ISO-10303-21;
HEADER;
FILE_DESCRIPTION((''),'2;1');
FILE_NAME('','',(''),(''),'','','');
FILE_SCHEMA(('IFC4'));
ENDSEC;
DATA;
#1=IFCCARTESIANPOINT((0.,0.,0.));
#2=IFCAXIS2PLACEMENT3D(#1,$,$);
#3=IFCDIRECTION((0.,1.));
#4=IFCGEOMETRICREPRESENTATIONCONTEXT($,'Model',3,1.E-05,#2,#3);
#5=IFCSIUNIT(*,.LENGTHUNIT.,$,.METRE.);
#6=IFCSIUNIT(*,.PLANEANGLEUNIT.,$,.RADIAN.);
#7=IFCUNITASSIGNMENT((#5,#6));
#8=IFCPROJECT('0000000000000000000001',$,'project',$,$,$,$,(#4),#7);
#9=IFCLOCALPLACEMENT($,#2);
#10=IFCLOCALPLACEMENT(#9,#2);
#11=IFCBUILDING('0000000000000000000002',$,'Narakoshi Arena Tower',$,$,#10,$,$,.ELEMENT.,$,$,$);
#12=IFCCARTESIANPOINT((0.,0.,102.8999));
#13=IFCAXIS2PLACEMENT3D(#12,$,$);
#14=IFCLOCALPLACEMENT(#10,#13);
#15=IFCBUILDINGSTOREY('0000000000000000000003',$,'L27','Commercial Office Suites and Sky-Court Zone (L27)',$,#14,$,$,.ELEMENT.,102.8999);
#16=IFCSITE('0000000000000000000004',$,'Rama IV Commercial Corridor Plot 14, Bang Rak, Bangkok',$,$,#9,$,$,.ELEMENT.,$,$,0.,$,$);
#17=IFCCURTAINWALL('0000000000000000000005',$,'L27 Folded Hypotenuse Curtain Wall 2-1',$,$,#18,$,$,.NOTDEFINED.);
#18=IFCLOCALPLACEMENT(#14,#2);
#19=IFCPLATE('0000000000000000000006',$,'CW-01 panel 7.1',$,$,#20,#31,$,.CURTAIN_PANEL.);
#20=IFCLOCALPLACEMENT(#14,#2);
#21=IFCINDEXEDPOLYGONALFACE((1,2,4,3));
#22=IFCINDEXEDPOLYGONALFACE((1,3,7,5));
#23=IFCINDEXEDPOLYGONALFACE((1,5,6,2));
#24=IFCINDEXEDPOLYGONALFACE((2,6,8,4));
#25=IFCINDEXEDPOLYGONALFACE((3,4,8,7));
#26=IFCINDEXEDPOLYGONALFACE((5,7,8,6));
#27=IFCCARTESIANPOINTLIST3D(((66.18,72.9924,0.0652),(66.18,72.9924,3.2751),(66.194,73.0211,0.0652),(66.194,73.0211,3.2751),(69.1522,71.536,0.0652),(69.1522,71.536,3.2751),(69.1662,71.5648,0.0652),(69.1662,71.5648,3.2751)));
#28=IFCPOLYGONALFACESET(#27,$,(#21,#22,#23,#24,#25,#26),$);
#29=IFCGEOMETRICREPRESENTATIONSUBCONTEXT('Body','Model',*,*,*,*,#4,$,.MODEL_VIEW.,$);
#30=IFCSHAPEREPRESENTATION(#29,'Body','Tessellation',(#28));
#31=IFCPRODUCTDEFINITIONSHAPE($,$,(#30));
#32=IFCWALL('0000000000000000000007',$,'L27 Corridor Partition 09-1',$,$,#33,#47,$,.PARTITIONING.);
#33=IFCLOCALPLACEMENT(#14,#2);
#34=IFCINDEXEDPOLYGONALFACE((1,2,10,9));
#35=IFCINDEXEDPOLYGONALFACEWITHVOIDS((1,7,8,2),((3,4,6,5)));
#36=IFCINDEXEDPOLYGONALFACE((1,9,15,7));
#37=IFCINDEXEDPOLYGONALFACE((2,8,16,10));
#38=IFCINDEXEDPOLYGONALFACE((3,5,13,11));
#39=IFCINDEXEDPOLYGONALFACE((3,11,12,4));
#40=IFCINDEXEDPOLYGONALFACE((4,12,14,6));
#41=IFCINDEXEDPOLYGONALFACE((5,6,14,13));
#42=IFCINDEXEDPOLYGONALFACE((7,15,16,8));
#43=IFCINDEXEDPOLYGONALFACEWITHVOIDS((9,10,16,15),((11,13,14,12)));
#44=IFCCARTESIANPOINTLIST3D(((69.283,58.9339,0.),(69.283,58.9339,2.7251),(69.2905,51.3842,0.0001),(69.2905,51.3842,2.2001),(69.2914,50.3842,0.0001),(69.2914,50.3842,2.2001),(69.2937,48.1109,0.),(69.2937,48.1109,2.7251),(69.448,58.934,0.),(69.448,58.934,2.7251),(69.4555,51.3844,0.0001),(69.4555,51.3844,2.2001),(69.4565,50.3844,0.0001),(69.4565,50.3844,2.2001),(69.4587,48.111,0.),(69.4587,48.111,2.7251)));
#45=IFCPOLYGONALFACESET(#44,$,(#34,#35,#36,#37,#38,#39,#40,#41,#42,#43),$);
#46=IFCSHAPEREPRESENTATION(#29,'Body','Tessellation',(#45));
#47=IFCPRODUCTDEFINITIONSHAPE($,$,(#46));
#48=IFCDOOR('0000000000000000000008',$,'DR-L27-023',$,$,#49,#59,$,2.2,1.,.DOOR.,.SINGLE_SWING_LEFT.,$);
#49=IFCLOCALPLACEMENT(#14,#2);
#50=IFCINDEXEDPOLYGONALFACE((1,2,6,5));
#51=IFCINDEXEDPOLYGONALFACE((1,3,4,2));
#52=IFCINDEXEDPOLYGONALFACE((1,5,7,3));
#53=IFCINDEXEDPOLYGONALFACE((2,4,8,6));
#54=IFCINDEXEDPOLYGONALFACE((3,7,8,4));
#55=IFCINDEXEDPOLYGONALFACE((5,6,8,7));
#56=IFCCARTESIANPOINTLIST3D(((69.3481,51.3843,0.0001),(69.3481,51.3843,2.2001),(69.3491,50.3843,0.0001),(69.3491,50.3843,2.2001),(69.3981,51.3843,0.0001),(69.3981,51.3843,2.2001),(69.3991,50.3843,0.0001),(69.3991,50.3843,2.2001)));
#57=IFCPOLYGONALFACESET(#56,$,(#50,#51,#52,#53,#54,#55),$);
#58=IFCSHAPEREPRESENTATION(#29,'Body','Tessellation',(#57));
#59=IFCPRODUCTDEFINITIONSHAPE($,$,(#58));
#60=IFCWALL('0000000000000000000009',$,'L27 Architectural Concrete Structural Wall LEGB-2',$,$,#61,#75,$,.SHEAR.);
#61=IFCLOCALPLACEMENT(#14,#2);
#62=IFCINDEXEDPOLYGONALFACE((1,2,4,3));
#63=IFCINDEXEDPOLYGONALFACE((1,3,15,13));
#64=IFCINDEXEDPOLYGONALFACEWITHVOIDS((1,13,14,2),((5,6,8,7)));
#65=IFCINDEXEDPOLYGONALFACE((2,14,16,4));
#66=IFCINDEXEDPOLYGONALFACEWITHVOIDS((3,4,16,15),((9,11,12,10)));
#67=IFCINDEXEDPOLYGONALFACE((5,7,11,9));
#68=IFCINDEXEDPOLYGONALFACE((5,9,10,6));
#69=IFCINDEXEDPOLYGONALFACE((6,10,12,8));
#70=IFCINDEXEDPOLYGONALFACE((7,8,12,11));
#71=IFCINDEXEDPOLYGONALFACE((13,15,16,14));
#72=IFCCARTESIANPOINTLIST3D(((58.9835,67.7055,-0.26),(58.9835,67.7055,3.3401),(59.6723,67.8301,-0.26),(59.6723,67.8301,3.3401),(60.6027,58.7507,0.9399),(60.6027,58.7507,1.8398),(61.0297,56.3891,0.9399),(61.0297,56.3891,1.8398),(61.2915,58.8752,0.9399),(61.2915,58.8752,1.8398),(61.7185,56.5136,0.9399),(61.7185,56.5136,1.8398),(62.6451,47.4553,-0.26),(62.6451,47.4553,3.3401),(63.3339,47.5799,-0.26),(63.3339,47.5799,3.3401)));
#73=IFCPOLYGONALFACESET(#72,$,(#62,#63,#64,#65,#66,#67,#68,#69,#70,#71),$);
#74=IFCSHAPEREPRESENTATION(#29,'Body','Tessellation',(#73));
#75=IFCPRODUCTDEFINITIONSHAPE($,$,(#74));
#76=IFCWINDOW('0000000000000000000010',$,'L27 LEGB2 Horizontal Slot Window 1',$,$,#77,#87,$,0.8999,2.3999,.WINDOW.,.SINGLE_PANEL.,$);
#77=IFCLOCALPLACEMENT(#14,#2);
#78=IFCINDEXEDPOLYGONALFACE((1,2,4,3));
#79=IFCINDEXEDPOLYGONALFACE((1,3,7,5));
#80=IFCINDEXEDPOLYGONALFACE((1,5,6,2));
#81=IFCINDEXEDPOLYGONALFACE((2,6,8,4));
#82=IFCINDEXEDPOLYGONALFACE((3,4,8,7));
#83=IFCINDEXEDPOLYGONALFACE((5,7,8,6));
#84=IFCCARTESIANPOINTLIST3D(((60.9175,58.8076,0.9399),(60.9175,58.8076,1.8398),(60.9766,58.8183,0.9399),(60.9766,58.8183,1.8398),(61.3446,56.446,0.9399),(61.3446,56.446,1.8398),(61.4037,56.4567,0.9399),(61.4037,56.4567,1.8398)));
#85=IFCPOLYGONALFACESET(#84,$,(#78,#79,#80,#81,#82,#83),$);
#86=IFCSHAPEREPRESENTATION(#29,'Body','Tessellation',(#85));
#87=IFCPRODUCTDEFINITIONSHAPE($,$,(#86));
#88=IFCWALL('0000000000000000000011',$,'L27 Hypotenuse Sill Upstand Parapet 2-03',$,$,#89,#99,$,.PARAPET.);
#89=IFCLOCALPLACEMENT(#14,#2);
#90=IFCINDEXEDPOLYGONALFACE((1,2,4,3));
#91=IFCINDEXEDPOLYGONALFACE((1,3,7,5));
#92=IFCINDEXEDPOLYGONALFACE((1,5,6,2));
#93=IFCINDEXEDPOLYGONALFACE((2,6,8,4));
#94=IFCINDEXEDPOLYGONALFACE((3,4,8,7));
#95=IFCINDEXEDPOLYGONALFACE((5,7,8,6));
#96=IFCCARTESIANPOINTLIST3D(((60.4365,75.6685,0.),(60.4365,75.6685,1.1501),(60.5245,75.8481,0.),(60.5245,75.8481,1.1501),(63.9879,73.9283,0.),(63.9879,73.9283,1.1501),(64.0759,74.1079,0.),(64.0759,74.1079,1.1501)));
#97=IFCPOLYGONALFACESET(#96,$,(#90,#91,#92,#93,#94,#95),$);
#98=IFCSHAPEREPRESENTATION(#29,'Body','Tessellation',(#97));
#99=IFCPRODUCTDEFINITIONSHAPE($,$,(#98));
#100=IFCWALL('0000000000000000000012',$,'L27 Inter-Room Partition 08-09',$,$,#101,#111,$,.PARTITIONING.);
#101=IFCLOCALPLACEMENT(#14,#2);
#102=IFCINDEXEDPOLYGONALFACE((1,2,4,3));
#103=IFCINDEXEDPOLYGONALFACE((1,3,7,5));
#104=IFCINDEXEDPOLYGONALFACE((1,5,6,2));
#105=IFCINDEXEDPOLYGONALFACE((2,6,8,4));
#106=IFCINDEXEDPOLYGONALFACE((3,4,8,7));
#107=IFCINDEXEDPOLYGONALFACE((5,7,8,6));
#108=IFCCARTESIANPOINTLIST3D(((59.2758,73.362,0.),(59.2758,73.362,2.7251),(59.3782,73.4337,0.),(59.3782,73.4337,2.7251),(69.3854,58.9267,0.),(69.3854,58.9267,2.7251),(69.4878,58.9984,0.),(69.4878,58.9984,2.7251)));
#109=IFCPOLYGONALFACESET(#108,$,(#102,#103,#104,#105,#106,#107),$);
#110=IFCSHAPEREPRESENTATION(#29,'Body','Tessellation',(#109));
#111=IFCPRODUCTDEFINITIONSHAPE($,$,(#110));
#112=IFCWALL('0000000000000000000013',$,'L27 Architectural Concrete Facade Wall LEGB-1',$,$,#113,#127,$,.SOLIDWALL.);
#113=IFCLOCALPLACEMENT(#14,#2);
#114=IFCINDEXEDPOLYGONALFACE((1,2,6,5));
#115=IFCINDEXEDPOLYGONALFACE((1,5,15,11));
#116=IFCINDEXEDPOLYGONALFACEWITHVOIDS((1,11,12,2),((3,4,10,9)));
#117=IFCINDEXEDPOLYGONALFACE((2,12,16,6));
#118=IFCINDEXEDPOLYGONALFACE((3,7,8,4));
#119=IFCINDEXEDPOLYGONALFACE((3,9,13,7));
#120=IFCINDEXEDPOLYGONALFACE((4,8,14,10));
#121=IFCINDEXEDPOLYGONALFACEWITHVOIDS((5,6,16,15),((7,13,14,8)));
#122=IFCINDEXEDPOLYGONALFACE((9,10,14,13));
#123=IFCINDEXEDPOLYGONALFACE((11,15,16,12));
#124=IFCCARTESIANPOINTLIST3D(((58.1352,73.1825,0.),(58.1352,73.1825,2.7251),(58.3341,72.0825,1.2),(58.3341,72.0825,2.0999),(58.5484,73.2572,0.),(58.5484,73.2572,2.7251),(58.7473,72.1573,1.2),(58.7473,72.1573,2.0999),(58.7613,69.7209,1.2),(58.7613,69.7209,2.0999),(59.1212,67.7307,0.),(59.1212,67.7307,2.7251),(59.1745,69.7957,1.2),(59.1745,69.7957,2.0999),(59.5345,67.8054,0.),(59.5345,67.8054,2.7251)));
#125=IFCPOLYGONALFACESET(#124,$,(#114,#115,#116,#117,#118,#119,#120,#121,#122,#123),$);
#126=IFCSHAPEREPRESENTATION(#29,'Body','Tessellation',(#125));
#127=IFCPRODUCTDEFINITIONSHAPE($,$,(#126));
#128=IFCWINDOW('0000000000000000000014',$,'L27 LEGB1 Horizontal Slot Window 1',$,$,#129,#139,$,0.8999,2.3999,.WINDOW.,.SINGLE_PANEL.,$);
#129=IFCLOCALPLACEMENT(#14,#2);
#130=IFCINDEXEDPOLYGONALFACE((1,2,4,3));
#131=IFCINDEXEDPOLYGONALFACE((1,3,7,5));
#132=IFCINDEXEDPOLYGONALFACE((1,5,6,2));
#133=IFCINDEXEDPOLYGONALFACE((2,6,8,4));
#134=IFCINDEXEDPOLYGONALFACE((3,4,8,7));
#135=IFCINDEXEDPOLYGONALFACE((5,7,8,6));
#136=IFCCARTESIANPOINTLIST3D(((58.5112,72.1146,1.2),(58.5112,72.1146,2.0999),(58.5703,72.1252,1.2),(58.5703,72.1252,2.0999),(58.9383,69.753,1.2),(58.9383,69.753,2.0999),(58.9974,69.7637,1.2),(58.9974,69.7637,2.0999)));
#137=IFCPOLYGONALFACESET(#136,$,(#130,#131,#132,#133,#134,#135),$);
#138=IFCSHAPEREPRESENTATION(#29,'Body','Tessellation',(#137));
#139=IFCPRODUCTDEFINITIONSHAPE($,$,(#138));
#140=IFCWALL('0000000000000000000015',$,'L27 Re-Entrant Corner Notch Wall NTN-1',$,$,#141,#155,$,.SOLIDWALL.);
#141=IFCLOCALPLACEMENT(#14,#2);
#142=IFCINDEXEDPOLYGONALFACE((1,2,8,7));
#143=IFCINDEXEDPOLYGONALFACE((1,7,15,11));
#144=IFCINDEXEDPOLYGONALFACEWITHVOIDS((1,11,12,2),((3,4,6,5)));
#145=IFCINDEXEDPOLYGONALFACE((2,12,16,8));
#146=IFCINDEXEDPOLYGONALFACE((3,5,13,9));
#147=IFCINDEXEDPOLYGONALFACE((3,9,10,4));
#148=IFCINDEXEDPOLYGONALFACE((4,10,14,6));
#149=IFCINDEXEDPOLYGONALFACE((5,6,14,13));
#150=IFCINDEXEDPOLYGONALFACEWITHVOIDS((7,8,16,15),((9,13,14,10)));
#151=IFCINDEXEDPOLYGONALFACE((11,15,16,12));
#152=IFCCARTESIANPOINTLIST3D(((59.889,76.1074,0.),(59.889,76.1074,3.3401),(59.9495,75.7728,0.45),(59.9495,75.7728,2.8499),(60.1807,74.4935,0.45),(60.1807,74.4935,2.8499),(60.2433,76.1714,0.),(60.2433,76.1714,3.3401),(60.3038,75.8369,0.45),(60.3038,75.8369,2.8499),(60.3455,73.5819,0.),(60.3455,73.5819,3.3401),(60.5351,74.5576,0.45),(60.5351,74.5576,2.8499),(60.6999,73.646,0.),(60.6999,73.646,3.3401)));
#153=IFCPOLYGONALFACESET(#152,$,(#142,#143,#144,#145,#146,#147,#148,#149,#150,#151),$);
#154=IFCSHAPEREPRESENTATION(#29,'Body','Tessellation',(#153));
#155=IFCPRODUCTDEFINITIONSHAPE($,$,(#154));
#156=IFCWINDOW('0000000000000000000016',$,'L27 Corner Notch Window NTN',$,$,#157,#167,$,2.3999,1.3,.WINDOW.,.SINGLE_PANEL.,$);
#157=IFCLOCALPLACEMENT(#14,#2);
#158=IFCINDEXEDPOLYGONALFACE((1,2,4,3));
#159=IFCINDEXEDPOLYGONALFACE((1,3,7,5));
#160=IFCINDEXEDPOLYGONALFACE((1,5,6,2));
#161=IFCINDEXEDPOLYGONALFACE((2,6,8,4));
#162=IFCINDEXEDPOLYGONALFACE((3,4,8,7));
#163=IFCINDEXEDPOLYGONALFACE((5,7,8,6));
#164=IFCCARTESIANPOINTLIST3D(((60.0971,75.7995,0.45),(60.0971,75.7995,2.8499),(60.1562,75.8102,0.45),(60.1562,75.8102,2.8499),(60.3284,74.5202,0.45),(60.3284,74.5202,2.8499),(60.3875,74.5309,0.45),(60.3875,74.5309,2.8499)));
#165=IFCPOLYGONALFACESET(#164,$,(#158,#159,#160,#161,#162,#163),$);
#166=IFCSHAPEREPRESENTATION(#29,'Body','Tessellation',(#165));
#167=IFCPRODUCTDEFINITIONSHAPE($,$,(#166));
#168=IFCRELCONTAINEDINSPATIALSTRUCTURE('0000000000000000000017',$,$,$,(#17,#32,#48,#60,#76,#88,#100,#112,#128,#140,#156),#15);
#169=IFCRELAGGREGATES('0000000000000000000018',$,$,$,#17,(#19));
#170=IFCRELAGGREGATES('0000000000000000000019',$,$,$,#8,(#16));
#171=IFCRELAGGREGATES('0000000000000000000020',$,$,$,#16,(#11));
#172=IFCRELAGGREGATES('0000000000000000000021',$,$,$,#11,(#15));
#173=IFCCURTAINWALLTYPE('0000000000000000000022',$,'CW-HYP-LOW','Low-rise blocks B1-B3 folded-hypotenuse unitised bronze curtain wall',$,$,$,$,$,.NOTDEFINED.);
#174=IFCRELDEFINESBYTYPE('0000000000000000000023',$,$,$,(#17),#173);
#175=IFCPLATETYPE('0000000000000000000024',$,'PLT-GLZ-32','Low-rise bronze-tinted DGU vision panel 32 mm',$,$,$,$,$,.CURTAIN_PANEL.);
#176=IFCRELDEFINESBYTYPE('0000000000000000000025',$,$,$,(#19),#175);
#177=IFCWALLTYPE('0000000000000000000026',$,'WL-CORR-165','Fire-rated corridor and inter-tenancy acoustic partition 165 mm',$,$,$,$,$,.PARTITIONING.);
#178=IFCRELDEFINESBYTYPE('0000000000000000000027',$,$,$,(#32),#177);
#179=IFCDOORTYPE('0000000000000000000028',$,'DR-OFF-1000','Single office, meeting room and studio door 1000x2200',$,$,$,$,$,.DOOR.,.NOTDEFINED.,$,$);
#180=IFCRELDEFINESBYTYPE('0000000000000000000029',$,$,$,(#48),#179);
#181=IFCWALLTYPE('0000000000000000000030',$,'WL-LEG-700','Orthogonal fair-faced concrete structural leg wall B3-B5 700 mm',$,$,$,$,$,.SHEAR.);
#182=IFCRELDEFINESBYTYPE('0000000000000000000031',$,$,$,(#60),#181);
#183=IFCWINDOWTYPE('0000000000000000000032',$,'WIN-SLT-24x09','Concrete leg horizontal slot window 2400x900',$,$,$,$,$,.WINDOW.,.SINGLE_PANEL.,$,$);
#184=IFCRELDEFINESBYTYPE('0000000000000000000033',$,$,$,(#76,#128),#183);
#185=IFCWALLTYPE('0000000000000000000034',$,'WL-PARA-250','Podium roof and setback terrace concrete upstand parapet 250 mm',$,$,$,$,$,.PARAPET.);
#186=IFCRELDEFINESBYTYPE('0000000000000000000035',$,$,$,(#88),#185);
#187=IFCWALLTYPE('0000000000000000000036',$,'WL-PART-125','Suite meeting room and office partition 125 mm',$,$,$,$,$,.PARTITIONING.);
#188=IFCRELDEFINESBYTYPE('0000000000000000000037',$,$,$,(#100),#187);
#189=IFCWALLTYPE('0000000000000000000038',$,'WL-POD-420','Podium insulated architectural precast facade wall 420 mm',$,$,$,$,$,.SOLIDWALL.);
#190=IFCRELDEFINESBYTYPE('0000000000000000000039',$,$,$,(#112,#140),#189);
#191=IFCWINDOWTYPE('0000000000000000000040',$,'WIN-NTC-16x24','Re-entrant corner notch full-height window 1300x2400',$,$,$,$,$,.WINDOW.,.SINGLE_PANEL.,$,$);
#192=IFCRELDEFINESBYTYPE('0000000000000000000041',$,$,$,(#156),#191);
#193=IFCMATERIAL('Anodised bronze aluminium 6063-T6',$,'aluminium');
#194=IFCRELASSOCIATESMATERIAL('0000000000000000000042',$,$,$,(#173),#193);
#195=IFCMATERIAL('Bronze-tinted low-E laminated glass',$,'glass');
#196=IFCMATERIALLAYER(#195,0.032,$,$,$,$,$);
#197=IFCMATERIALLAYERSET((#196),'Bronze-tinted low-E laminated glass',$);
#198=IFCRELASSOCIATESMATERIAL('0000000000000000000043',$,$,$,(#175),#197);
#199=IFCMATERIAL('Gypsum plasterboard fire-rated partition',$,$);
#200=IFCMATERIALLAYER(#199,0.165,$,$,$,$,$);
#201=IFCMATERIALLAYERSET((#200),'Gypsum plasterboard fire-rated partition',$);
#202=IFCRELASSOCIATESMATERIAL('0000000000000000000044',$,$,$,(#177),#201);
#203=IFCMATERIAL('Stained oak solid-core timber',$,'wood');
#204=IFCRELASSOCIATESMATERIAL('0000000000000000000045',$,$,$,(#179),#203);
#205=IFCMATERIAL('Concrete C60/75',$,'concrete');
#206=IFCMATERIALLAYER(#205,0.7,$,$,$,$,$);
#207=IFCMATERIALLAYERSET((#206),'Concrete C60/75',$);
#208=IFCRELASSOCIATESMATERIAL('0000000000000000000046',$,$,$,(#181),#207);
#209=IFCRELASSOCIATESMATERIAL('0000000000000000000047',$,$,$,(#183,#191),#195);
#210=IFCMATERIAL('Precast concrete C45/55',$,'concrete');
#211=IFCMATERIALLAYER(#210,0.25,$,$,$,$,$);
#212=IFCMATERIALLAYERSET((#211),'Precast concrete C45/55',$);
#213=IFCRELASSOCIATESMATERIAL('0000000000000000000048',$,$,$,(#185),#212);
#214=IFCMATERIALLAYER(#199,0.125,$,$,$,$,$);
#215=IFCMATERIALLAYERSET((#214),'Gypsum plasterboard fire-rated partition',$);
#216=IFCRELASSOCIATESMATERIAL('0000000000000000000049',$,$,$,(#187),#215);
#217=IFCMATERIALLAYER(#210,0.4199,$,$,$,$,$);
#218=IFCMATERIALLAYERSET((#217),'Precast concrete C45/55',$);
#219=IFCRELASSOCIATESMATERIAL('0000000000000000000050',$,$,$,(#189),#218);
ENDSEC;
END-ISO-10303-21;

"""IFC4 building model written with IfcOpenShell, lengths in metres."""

from ifc_helpers import new_model, si_unit, direction, frame, frame_2d, origin, origin_2d, place, context, subcontext, project, spatial, rectangle, extrude, material, layer, layer_set, type_object, element, fill, aggregate, save


model = new_model("IFC4")

# Units and contexts
model_context = context("Model", 3, precision=1e-05, world=origin(), true_north=direction((0.0, 1.0)))
body_context = subcontext(model_context, "Body", "Model", "MODEL_VIEW")
ifc_project = project(units=[si_unit("LENGTHUNIT", "METRE"), si_unit("PLANEANGLEUNIT", "RADIAN")], contexts=[model_context])

# Site, building, storey
site_placement = place(None, origin())
site = spatial("IfcSite", under=ifc_project, at=site_placement, Name="Rama IV Commercial Corridor Plot 14, Bang Rak, Bangkok", CompositionType="ELEMENT", RefElevation=0.0)
building_placement = place(site_placement, origin())
building = spatial("IfcBuilding", under=site, at=building_placement, Name="Narakoshi Arena Tower", CompositionType="ELEMENT")
storey_placement = place(building_placement, frame((0.0, 0.0, 102.8999)))
storey = spatial("IfcBuildingStorey", under=building, at=storey_placement, Name="L27", Description="Commercial Office Suites and Sky-Court Zone (L27)", CompositionType="ELEMENT", Elevation=102.8999)

# Shared definitions
ifc_material_1 = material(Name="Concrete C60/75", Category="concrete")

# Curtain wall, plate
ifc_material_2 = material(Name="Anodised bronze aluminium 6063-T6", Category="aluminium")
curtain_wall_type = type_object("IfcCurtainWallType", Name="CW-HYP-LOW", Description="Low-rise blocks B1-B3 folded-hypotenuse unitised bronze curtain wall", PredefinedType="NOTDEFINED", material=ifc_material_2)
curtain_wall_placement = place(storey_placement, origin())
curtain_wall = element("IfcCurtainWall", 1, at=curtain_wall_placement, inside=storey, type_object=curtain_wall_type, Name="L27 Folded Hypotenuse Curtain Wall 2-1", PredefinedType="NOTDEFINED")
ifc_material_3 = material(Name="Bronze-tinted low-E laminated glass", Category="glass")
ifc_layer_1 = layer(ifc_material_3, 0.032)
ifc_layer_set_1 = layer_set([ifc_layer_1], Name="Bronze-tinted low-E laminated glass")
plate_type = type_object("IfcPlateType", Name="PLT-GLZ-32", Description="Low-rise bronze-tinted DGU vision panel 32 mm", PredefinedType="CURTAIN_PANEL", material=ifc_layer_set_1)
plate_1_placement = place(storey_placement, frame((67.6731, 72.2786, 0.0652), z_axis=(0.0, 0.0, 1.0), x_axis=(-0.897996, 0.440005, 0.0)))
plate_1 = element("IfcPlate", 2, at=plate_1_placement, type_object=plate_type, Name="CW-01 panel 7.1", PredefinedType="CURTAIN_PANEL", context=body_context, shape_type="SweptSolid", body=[
    extrude(rectangle(XDim=3.3098, YDim=0.032, at=origin_2d()), origin(), (0.0, 0.0, 1.0), 3.21),
])
aggregate(curtain_wall, [plate_1])

# Wall, opening, door
ifc_material_4 = material(Name="Gypsum plasterboard fire-rated partition")
ifc_layer_2 = layer(ifc_material_4, 0.165)
ifc_layer_set_2 = layer_set([ifc_layer_2], Name="Gypsum plasterboard fire-rated partition")
wall_type_1 = type_object("IfcWallType", Name="WL-CORR-165", Description="Fire-rated corridor and inter-tenancy acoustic partition 165 mm", PredefinedType="PARTITIONING", material=ifc_layer_set_2)
wall_1_placement = place(storey_placement, frame((69.3655, 58.9341, 0.0), z_axis=(0.0, 0.0, 1.0), x_axis=(0.000993, -1.0, 0.0)))
wall_1 = element("IfcWall", 3, at=wall_1_placement, inside=storey, type_object=wall_type_1, Name="L27 Corridor Partition 09-1", PredefinedType="PARTITIONING", context=body_context, shape_type="SweptSolid", body=[
    extrude(rectangle(XDim=10.823, YDim=0.165, at=frame_2d((5.4116, 0.0))), origin(), (0.0, 0.0, 1.0), 2.7251),
])
opening_1_placement = place(wall_1_placement, frame((7.5498, 0.0, 0.0)))
opening_1 = element("IfcOpeningElement", 4, at=opening_1_placement, cuts=wall_1, PredefinedType="OPENING", context=body_context, shape_type="SweptSolid", body=[
    extrude(rectangle(XDim=1.0, YDim=2.2, at=frame_2d((0.5, 1.1001))), frame((0.0, 0.0925, 0.0), z_axis=(0.0, -1.0, 0.0), x_axis=(1.0, 0.0, 0.0)), (0.0, 0.0, 1.0), 0.1851),
])
ifc_material_5 = material(Name="Stained oak solid-core timber", Category="wood")
door_type = type_object("IfcDoorType", Name="DR-OFF-1000", Description="Single office, meeting room and studio door 1000x2200", OperationType="NOTDEFINED", PredefinedType="DOOR", material=ifc_material_5)
door_placement = place(opening_1_placement, frame((1.0, 0.0, 0.0), z_axis=(0.0, 0.0, 1.0), x_axis=(-1.0, 0.0, 0.0)))
door = element("IfcDoor", 5, at=door_placement, inside=storey, type_object=door_type, Name="DR-L27-023", OperationType="SINGLE_SWING_LEFT", OverallHeight=2.2, OverallWidth=1.0, PredefinedType="DOOR", context=body_context, shape_type="SweptSolid", body=[
    extrude(rectangle(XDim=1.0, YDim=2.2, at=frame_2d((0.5, 1.1001))), frame((0.0, 0.0249, 0.0), z_axis=(0.0, -1.0, 0.0), x_axis=(1.0, 0.0, 0.0)), (0.0, 0.0, 1.0), 0.05),
])
fill(opening_1, door)

# Wall, opening, window
ifc_layer_3 = layer(ifc_material_1, 0.7)
ifc_layer_set_3 = layer_set([ifc_layer_3], Name="Concrete C60/75")
wall_type_2 = type_object("IfcWallType", Name="WL-LEG-700", Description="Orthogonal fair-faced concrete structural leg wall B3-B5 700 mm", PredefinedType="SHEAR", material=ifc_layer_set_3)
wall_2_placement = place(storey_placement, frame((59.3279, 67.7678, -0.26), z_axis=(0.0, 0.0, 1.0), x_axis=(0.177933, -0.984043, 0.0)))
wall_2 = element("IfcWall", 6, at=wall_2_placement, inside=storey, type_object=wall_type_2, Name="L27 Architectural Concrete Structural Wall LEGB-2", PredefinedType="SHEAR", context=body_context, shape_type="SweptSolid", body=[
    extrude(rectangle(XDim=20.5786, YDim=0.7, at=frame_2d((10.2893, 0.0))), origin(), (0.0, 0.0, 1.0), 3.6001),
])
opening_2_placement = place(wall_2_placement, frame((9.1001, 0.0, 1.2)))
opening_2 = element("IfcOpeningElement", 7, at=opening_2_placement, cuts=wall_2, PredefinedType="OPENING", context=body_context, shape_type="SweptSolid", body=[
    extrude(rectangle(XDim=2.3999, YDim=0.8999, at=frame_2d((1.2, 0.45))), frame((0.0, 0.3599, 0.0), z_axis=(0.0, -1.0, 0.0), x_axis=(1.0, 0.0, 0.0)), (0.0, 0.0, 1.0), 0.72),
])
window_type_1 = type_object("IfcWindowType", Name="WIN-SLT-24x09", Description="Concrete leg horizontal slot window 2400x900", PartitioningType="SINGLE_PANEL", PredefinedType="WINDOW", material=ifc_material_3)
window_1_placement = place(opening_2_placement, origin())
window_1 = element("IfcWindow", 8, at=window_1_placement, inside=storey, type_object=window_type_1, Name="L27 LEGB2 Horizontal Slot Window 1", OverallHeight=0.8999, OverallWidth=2.3999, PartitioningType="SINGLE_PANEL", PredefinedType="WINDOW", context=body_context, shape_type="SweptSolid", body=[
    extrude(rectangle(XDim=2.3999, YDim=0.8999, at=frame_2d((1.2, 0.45))), frame((0.0, 0.03, 0.0), z_axis=(0.0, -1.0, 0.0), x_axis=(1.0, 0.0, 0.0)), (0.0, 0.0, 1.0), 0.0601),
])
fill(opening_2, window_1)

# Walls
ifc_material_6 = material(Name="Precast concrete C45/55", Category="concrete")
ifc_layer_4 = layer(ifc_material_6, 0.25)
ifc_layer_set_4 = layer_set([ifc_layer_4], Name="Precast concrete C45/55")
wall_type_3 = type_object("IfcWallType", Name="WL-PARA-250", Description="Podium roof and setback terrace concrete upstand parapet 250 mm", PredefinedType="PARAPET", material=ifc_layer_set_4)
wall_3_placement = place(storey_placement, frame((64.032, 74.0181, 0.0), z_axis=(0.0, 0.0, 1.0), x_axis=(-0.897991, 0.440014, 0.0)))
element("IfcWall", 9, at=wall_3_placement, inside=storey, type_object=wall_type_3, Name="L27 Hypotenuse Sill Upstand Parapet 2-03", PredefinedType="PARAPET", context=body_context, shape_type="SweptSolid", body=[
    extrude(rectangle(XDim=3.9548, YDim=0.2, at=frame_2d((1.9775, 0.0))), origin(), (0.0, 0.0, 1.0), 1.1501),
])
ifc_layer_5 = layer(ifc_material_4, 0.125)
ifc_layer_set_5 = layer_set([ifc_layer_5], Name="Gypsum plasterboard fire-rated partition")
wall_type_4 = type_object("IfcWallType", Name="WL-PART-125", Description="Suite meeting room and office partition 125 mm", PredefinedType="PARTITIONING", material=ifc_layer_set_5)
wall_4_placement = place(storey_placement, frame((69.4365, 58.9626, 0.0), z_axis=(0.0, 0.0, 1.0), x_axis=(-0.573649, 0.819101, 0.0)))
element("IfcWall", 10, at=wall_4_placement, inside=storey, type_object=wall_type_4, Name="L27 Inter-Room Partition 08-09", PredefinedType="PARTITIONING", context=body_context, shape_type="SweptSolid", body=[
    extrude(rectangle(XDim=17.6233, YDim=0.125, at=frame_2d((8.8115, 0.0))), origin(), (0.0, 0.0, 1.0), 2.7251),
])

# Walls, openings, windows
ifc_layer_6 = layer(ifc_material_6, 0.4199)
ifc_layer_set_6 = layer_set([ifc_layer_6], Name="Precast concrete C45/55")
wall_type_5 = type_object("IfcWallType", Name="WL-POD-420", Description="Podium insulated architectural precast facade wall 420 mm", PredefinedType="SOLIDWALL", material=ifc_layer_set_6)
wall_5_placement = place(storey_placement, frame((58.3418, 73.2197, 0.0), z_axis=(0.0, 0.0, 1.0), x_axis=(0.177982, -0.984034, 0.0)))
wall_5 = element("IfcWall", 11, at=wall_5_placement, inside=storey, type_object=wall_type_5, Name="L27 Architectural Concrete Facade Wall LEGB-1", PredefinedType="SOLIDWALL", context=body_context, shape_type="SweptSolid", body=[
    extrude(rectangle(XDim=5.5403, YDim=0.4199, at=frame_2d((2.77, 0.0))), origin(), (0.0, 0.0, 1.0), 2.7251),
])
opening_3_placement = place(wall_5_placement, frame((1.1177, 0.0, 1.2)))
opening_3 = element("IfcOpeningElement", 12, at=opening_3_placement, cuts=wall_5, PredefinedType="OPENING", context=body_context, shape_type="SweptSolid", body=[
    extrude(rectangle(XDim=2.3999, YDim=0.8999, at=frame_2d((1.2, 0.45))), frame((0.0, 0.22, 0.0), z_axis=(0.0, -1.0, 0.0), x_axis=(1.0, 0.0, 0.0)), (0.0, 0.0, 1.0), 0.4399),
])
window_2_placement = place(opening_3_placement, origin())
window_2 = element("IfcWindow", 13, at=window_2_placement, inside=storey, type_object=window_type_1, Name="L27 LEGB1 Horizontal Slot Window 1", OverallHeight=0.8999, OverallWidth=2.3999, PartitioningType="SINGLE_PANEL", PredefinedType="WINDOW", context=body_context, shape_type="SweptSolid", body=[
    extrude(rectangle(XDim=2.3999, YDim=0.8999, at=frame_2d((1.2, 0.45))), frame((0.0, 0.03, 0.0), z_axis=(0.0, -1.0, 0.0), x_axis=(1.0, 0.0, 0.0)), (0.0, 0.0, 1.0), 0.0601),
])
fill(opening_3, window_2)
wall_6_placement = place(storey_placement, frame((60.0662, 76.1394, 0.0), z_axis=(0.0, 0.0, 1.0), x_axis=(0.177897, -0.984049, 0.0)))
wall_6 = element("IfcWall", 14, at=wall_6_placement, inside=storey, type_object=wall_type_5, Name="L27 Re-Entrant Corner Notch Wall NTN-1", PredefinedType="SOLIDWALL", context=body_context, shape_type="SweptSolid", body=[
    extrude(rectangle(XDim=2.5664, YDim=0.3601, at=frame_2d((1.2832, 0.0))), origin(), (0.0, 0.0, 1.0), 3.3401),
])
opening_4_placement = place(wall_6_placement, frame((0.3401, 0.0, 0.45)))
opening_4 = element("IfcOpeningElement", 15, at=opening_4_placement, cuts=wall_6, PredefinedType="OPENING", context=body_context, shape_type="SweptSolid", body=[
    extrude(rectangle(XDim=1.3, YDim=2.3999, at=frame_2d((0.6499, 1.2))), frame((0.0, 0.1899, 0.0), z_axis=(0.0, -1.0, 0.0), x_axis=(1.0, 0.0, 0.0)), (0.0, 0.0, 1.0), 0.3801),
])
window_type_2 = type_object("IfcWindowType", Name="WIN-NTC-16x24", Description="Re-entrant corner notch full-height window 1300x2400", PartitioningType="SINGLE_PANEL", PredefinedType="WINDOW", material=ifc_material_3)
window_3_placement = place(opening_4_placement, origin())
window_3 = element("IfcWindow", 16, at=window_3_placement, inside=storey, type_object=window_type_2, Name="L27 Corner Notch Window NTN", OverallHeight=2.3999, OverallWidth=1.3, PartitioningType="SINGLE_PANEL", PredefinedType="WINDOW", context=body_context, shape_type="SweptSolid", body=[
    extrude(rectangle(XDim=1.3, YDim=2.3999, at=frame_2d((0.6499, 1.2))), frame((0.0, 0.03, 0.0), z_axis=(0.0, -1.0, 0.0), x_axis=(1.0, 0.0, 0.0)), (0.0, 0.0, 1.0), 0.0601),
])
fill(opening_4, window_3)

save(model, "model.ifc")
